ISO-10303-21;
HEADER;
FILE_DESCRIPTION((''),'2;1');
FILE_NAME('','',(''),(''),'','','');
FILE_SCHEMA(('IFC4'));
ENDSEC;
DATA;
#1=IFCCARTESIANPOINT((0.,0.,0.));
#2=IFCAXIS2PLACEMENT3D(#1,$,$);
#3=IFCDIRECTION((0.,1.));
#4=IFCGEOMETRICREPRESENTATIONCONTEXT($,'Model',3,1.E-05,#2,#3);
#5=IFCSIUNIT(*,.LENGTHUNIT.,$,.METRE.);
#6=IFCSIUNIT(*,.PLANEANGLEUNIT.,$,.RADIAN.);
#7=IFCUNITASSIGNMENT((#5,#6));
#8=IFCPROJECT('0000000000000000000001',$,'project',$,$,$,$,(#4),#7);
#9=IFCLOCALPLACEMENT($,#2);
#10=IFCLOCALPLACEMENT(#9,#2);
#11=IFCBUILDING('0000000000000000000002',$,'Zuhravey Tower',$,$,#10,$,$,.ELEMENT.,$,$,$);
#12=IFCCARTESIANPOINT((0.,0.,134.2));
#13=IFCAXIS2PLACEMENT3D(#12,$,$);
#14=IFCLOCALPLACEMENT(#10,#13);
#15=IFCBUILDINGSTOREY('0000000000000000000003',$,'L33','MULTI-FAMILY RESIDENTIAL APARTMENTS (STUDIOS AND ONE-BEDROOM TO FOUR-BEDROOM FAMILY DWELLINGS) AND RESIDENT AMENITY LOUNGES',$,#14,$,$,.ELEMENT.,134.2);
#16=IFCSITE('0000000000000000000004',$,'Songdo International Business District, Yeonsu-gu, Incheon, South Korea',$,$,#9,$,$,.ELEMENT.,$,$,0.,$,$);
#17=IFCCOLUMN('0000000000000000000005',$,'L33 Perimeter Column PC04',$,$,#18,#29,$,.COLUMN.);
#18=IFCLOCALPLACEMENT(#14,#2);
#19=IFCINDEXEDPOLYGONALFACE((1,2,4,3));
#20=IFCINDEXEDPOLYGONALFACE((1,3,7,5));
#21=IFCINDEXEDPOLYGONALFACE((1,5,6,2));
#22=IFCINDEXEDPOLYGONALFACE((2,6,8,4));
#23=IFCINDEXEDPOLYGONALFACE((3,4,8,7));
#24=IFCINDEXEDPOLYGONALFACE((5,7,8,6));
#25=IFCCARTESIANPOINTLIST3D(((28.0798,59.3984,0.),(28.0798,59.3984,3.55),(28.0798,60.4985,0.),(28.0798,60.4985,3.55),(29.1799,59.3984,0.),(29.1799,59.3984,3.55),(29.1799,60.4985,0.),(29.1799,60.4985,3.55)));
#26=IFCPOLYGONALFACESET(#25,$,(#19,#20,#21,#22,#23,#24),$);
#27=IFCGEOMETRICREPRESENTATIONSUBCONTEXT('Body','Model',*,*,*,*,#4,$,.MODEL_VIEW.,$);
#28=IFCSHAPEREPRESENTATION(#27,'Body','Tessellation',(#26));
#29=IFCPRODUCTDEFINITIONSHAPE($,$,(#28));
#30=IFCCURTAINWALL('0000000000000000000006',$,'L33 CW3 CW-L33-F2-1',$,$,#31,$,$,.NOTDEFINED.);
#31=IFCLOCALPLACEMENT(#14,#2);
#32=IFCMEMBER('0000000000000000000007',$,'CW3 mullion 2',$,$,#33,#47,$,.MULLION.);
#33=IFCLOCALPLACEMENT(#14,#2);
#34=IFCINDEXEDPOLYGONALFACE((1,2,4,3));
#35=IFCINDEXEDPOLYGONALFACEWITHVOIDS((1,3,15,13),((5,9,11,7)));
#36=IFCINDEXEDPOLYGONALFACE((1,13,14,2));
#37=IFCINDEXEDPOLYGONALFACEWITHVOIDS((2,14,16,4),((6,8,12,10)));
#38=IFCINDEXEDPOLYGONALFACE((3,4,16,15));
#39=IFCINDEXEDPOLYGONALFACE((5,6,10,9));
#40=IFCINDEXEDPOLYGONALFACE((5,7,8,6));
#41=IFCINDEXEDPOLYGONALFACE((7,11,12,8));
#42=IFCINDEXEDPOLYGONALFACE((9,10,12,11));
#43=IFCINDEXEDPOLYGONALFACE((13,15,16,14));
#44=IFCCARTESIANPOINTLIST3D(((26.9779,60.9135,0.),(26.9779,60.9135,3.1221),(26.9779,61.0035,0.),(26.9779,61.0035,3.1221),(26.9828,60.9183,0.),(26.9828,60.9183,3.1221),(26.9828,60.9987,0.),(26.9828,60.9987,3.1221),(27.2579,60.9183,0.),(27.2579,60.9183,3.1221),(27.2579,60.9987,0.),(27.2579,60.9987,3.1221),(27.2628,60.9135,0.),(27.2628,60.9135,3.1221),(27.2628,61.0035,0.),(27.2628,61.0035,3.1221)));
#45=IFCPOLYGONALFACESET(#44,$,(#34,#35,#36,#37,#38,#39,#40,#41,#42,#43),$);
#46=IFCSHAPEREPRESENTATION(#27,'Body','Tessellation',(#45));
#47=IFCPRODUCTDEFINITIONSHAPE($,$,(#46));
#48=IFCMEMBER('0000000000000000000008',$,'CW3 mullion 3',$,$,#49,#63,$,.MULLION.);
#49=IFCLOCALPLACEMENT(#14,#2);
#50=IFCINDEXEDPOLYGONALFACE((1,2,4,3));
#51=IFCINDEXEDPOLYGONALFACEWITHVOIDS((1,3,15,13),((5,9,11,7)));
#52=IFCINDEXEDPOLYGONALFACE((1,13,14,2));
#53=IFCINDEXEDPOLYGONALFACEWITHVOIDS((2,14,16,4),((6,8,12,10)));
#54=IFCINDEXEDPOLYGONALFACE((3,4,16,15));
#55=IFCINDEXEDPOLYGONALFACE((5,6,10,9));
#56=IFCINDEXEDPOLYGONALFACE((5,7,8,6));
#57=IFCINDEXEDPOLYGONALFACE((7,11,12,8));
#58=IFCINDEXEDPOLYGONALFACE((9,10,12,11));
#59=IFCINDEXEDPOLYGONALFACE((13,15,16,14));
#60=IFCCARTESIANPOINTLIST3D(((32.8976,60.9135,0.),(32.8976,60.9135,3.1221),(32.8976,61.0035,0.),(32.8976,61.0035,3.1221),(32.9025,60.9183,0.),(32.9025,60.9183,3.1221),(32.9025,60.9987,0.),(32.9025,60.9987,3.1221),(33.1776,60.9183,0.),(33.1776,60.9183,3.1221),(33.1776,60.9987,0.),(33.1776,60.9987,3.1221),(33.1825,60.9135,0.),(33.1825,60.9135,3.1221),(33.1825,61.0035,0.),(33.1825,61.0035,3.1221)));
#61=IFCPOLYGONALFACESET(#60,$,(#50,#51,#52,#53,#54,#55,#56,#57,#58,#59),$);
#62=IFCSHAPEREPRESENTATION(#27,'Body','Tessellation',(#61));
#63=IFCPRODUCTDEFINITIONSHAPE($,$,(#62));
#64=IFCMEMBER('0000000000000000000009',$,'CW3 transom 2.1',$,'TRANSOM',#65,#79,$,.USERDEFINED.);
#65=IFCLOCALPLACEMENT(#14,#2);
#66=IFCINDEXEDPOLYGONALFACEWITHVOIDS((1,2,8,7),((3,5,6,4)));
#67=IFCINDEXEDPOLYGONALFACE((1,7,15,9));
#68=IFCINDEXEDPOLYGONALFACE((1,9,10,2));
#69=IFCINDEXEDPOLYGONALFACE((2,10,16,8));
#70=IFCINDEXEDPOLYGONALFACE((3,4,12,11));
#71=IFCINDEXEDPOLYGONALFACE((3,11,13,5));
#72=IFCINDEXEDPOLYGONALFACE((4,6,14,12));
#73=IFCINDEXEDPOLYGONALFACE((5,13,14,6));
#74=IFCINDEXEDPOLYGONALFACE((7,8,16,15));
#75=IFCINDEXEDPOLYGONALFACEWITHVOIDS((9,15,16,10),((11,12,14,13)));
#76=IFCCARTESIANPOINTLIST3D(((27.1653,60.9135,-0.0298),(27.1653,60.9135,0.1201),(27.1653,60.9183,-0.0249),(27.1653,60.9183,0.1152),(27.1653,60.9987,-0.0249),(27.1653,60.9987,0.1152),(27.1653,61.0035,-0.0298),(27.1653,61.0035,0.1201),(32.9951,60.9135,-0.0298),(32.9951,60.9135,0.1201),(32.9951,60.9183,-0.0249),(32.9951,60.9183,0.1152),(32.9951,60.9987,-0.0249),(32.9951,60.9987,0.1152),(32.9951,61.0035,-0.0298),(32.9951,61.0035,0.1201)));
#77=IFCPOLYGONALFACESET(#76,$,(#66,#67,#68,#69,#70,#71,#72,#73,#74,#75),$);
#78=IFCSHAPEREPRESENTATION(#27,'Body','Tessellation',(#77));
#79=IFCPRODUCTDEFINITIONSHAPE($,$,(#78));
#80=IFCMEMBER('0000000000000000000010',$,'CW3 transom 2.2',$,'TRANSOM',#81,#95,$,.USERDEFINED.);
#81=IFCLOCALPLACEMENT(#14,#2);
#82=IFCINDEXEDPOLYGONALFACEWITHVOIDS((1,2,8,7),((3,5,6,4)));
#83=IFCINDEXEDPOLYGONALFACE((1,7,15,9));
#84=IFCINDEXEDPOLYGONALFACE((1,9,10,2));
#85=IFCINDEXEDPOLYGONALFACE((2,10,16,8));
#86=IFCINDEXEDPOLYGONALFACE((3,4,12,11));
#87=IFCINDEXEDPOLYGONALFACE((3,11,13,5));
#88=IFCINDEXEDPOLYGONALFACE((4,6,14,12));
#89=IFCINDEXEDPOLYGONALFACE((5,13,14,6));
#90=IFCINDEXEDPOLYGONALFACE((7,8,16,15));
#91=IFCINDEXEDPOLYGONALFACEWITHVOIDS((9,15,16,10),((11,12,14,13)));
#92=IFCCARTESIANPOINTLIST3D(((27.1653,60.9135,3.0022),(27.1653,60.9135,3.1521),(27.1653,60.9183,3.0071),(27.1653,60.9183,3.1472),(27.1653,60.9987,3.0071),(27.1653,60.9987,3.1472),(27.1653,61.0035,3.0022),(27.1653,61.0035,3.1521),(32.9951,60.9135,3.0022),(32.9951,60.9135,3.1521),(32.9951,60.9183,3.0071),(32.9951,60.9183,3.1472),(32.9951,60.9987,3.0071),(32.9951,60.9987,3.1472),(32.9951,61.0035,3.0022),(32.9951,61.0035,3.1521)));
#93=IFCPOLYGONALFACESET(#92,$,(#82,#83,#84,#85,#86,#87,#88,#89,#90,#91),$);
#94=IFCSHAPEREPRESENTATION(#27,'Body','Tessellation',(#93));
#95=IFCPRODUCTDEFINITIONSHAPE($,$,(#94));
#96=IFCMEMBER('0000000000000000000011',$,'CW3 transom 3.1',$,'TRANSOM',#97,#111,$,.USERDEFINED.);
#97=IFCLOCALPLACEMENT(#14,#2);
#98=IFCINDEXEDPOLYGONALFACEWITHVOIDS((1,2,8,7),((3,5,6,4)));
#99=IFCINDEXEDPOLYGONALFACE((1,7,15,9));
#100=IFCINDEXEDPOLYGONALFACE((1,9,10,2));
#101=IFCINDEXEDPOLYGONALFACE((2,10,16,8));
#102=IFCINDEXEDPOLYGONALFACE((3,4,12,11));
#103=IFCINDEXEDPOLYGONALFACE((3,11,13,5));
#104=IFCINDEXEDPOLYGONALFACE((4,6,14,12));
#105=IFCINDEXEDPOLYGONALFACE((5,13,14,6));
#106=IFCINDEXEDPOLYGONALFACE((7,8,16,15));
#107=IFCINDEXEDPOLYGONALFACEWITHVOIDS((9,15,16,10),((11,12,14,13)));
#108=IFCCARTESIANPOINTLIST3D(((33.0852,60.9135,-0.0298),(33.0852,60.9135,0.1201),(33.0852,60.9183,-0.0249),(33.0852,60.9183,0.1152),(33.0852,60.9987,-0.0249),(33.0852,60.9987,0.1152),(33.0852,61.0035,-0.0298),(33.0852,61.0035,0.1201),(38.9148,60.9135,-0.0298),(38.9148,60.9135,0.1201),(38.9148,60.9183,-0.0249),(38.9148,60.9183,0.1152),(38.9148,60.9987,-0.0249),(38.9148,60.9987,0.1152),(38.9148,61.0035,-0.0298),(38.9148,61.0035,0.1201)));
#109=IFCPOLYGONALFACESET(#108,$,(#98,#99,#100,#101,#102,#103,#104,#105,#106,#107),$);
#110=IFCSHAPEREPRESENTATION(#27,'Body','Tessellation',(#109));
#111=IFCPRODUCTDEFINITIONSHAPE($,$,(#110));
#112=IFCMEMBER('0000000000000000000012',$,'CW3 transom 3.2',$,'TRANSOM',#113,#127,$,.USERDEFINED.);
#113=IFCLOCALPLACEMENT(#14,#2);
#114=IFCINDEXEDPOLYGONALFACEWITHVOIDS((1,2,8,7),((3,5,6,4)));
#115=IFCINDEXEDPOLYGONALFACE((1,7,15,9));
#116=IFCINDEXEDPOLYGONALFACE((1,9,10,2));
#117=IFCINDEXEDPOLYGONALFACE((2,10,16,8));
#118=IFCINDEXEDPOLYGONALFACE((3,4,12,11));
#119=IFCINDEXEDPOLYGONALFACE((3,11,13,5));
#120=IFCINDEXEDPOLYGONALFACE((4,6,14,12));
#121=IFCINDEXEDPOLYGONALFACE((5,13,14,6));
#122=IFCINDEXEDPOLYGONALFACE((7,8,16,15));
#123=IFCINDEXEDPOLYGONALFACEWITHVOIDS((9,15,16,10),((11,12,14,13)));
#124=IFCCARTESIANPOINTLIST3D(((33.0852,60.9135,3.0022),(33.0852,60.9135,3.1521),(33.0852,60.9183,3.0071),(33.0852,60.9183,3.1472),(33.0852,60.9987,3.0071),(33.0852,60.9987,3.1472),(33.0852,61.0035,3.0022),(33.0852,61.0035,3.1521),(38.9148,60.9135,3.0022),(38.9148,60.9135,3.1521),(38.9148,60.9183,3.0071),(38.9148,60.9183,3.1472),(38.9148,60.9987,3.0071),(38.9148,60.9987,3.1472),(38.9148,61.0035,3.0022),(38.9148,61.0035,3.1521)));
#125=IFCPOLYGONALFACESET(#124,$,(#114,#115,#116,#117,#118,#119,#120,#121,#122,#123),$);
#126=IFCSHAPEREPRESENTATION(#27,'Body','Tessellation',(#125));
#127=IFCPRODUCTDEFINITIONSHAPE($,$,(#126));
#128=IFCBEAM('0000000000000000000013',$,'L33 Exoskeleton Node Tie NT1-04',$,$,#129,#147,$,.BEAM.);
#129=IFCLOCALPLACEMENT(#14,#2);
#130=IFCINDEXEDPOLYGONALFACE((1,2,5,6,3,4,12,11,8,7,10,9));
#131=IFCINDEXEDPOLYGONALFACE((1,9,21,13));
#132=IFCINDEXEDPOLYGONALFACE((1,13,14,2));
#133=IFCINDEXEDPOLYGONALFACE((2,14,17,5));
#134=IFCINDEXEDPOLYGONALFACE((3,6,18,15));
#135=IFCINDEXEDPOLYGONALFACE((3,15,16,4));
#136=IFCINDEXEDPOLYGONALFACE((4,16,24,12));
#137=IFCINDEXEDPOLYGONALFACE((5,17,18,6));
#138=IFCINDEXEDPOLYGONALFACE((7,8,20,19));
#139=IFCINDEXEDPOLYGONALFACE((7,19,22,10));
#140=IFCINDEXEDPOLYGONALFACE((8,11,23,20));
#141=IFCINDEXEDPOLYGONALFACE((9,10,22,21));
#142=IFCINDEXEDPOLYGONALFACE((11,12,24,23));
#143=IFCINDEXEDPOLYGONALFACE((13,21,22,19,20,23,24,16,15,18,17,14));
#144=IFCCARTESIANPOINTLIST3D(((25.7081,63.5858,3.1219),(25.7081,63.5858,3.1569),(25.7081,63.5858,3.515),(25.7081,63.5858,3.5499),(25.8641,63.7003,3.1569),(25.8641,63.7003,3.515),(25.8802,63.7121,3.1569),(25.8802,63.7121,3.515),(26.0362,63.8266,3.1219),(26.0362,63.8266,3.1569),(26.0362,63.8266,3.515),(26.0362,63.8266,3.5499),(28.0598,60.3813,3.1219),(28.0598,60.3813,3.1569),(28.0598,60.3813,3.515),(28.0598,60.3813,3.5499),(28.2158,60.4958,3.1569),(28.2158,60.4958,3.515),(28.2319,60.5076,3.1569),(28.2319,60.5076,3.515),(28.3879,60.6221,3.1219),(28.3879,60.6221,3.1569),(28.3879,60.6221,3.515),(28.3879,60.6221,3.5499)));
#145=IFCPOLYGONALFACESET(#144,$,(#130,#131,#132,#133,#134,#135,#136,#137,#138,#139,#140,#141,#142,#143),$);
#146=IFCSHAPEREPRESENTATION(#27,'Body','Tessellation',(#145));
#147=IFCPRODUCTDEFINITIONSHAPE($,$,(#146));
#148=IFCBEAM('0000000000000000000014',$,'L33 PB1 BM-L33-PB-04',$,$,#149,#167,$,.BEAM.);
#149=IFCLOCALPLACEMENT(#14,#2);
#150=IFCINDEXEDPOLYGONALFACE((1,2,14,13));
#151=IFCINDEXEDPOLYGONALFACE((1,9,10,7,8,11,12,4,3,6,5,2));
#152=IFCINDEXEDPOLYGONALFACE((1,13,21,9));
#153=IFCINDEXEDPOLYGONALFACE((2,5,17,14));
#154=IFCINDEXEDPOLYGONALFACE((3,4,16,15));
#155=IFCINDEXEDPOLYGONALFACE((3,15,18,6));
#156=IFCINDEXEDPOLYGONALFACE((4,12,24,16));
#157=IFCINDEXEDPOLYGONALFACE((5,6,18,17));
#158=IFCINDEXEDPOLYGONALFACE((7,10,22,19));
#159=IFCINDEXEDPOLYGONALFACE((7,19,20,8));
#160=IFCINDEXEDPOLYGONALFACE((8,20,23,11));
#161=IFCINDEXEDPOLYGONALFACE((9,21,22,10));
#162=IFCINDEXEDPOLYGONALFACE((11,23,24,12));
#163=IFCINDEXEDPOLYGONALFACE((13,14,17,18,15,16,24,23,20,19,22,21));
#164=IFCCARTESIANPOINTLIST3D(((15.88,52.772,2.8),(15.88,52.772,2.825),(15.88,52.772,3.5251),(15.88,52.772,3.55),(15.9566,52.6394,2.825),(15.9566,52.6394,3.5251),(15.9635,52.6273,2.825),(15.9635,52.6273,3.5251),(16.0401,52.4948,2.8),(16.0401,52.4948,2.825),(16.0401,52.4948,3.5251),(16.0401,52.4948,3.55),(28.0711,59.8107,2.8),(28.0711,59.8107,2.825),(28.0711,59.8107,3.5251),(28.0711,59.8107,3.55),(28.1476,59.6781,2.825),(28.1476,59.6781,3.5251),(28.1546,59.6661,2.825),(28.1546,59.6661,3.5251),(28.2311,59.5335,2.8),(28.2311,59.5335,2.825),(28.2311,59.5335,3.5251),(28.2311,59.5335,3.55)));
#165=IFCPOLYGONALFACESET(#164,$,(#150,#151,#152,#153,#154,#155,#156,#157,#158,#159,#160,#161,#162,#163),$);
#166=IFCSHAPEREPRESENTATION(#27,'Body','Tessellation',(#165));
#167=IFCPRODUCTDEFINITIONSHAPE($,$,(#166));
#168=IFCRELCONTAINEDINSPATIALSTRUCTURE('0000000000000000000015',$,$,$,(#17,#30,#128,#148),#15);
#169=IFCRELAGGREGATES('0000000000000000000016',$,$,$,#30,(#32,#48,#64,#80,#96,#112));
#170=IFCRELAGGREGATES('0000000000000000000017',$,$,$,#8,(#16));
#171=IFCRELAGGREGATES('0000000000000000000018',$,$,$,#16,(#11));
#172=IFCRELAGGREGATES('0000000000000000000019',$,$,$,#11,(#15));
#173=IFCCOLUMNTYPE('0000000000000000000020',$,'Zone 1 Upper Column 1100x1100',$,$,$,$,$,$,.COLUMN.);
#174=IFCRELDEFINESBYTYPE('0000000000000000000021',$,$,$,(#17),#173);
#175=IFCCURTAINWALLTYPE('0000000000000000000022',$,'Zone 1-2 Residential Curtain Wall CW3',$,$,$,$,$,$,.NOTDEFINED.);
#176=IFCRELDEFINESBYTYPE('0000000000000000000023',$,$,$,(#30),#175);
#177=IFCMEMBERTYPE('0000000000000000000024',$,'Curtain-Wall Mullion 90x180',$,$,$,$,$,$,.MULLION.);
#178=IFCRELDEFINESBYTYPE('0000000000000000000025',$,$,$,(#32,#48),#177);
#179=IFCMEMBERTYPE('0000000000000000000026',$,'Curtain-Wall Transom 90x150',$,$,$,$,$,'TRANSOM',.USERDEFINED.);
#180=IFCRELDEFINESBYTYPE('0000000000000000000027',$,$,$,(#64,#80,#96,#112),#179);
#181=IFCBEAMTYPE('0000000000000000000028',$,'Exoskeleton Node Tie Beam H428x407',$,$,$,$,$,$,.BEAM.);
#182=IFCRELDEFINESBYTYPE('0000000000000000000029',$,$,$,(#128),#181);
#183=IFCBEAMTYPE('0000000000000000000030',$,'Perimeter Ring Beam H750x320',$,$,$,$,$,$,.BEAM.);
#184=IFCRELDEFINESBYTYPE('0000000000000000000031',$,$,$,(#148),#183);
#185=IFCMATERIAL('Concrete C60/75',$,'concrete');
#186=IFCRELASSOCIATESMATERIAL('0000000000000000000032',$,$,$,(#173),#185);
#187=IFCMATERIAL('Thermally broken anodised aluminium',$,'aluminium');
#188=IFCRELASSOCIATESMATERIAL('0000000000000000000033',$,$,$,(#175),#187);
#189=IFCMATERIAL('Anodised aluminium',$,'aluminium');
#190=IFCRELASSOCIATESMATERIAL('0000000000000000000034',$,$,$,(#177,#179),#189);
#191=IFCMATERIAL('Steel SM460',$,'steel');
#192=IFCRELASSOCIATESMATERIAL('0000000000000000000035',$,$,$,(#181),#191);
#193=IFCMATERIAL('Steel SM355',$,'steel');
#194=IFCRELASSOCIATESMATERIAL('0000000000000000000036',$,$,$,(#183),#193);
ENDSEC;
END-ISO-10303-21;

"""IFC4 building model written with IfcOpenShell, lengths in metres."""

from ifc_helpers import new_model, si_unit, direction, frame, origin, origin_2d, place, context, subcontext, project, spatial, rectangle, hollow_rectangle, i_section, extrude, material, material_profile, profile_set, type_object, element, aggregate, save


model = new_model("IFC4")

# Units and contexts
model_context = context("Model", 3, precision=1e-05, world=origin(), true_north=direction((0.0, 1.0)))
body_context = subcontext(model_context, "Body", "Model", "MODEL_VIEW")
ifc_project = project(units=[si_unit("LENGTHUNIT", "METRE"), si_unit("PLANEANGLEUNIT", "RADIAN")], contexts=[model_context])

# Site, building, storey
site_placement = place(None, origin())
site = spatial("IfcSite", under=ifc_project, at=site_placement, Name="Songdo International Business District, Yeonsu-gu, Incheon, South Korea", CompositionType="ELEMENT", RefElevation=0.0)
building_placement = place(site_placement, origin())
building = spatial("IfcBuilding", under=site, at=building_placement, Name="Zuhravey Tower", CompositionType="ELEMENT")
storey_placement = place(building_placement, frame((0.0, 0.0, 134.2)))
storey = spatial("IfcBuildingStorey", under=building, at=storey_placement, Name="L33", Description="MULTI-FAMILY RESIDENTIAL APARTMENTS (STUDIOS AND ONE-BEDROOM TO FOUR-BEDROOM FAMILY DWELLINGS) AND RESIDENT AMENITY LOUNGES", CompositionType="ELEMENT", Elevation=134.2)

# Column
ifc_material_1 = material(Name="Concrete C60/75", Category="concrete")
ifc_material_profile_1 = material_profile(ifc_material_1, rectangle(XDim=1.1001, YDim=1.1001, at=origin_2d()), Name="RC-1100x1100")
ifc_profile_set_1 = profile_set([ifc_material_profile_1], Name="Concrete C60/75")
column_type = type_object("IfcColumnType", Name="Zone 1 Upper Column 1100x1100", PredefinedType="COLUMN", material=ifc_profile_set_1)
column_placement = place(storey_placement, frame((28.6299, 59.9485, 0.0), z_axis=(0.0, 0.0, 1.0), x_axis=(-1.0, 0.0, 0.0)))
element("IfcColumn", 1, at=column_placement, inside=storey, type_object=column_type, Name="L33 Perimeter Column PC04", PredefinedType="COLUMN", context=body_context, shape_type="SweptSolid", body=[
    extrude(rectangle(XDim=1.1001, YDim=1.1001, at=origin_2d()), origin(), (0.0, 0.0, 1.0), 3.55),
])

# Curtain wall, members
ifc_material_2 = material(Name="Thermally broken anodised aluminium", Category="aluminium")
curtain_wall_type = type_object("IfcCurtainWallType", Name="Zone 1-2 Residential Curtain Wall CW3", PredefinedType="NOTDEFINED", material=ifc_material_2)
curtain_wall_placement = place(storey_placement, origin())
curtain_wall = element("IfcCurtainWall", 2, at=curtain_wall_placement, inside=storey, type_object=curtain_wall_type, Name="L33 CW3 CW-L33-F2-1", PredefinedType="NOTDEFINED")
ifc_material_3 = material(Name="Anodised aluminium", Category="aluminium")
ifc_material_profile_2 = material_profile(ifc_material_3, hollow_rectangle(XDim=0.0901, YDim=0.2849, WallThickness=0.0049, at=origin_2d()), Name="ALU-RHS-90x285x5")
ifc_profile_set_2 = profile_set([ifc_material_profile_2], Name="Anodised aluminium")
member_type_1 = type_object("IfcMemberType", Name="Curtain-Wall Mullion 90x180", PredefinedType="MULLION", material=ifc_profile_set_2)
member_1_placement = place(storey_placement, frame((27.1204, 60.9585, 0.0), z_axis=(0.0, 0.0, 1.0), x_axis=(0.0, 1.0, 0.0)))
member_1 = element("IfcMember", 3, at=member_1_placement, type_object=member_type_1, Name="CW3 mullion 2", PredefinedType="MULLION", context=body_context, shape_type="SweptSolid", body=[
    extrude(hollow_rectangle(XDim=0.0901, YDim=0.2849, WallThickness=0.0049, at=origin_2d()), origin(), (0.0, 0.0, 1.0), 3.1221),
])
member_2_placement = place(storey_placement, frame((33.04, 60.9585, 0.0), z_axis=(0.0, 0.0, 1.0), x_axis=(0.0, 1.0, 0.0)))
member_2 = element("IfcMember", 4, at=member_2_placement, type_object=member_type_1, Name="CW3 mullion 3", PredefinedType="MULLION", context=body_context, shape_type="SweptSolid", body=[
    extrude(hollow_rectangle(XDim=0.0901, YDim=0.2849, WallThickness=0.0049, at=origin_2d()), origin(), (0.0, 0.0, 1.0), 3.1221),
])
ifc_material_profile_3 = material_profile(ifc_material_3, hollow_rectangle(XDim=0.0901, YDim=0.1499, WallThickness=0.0049, at=origin_2d()), Name="ALU-RHS-90x150x5")
ifc_profile_set_3 = profile_set([ifc_material_profile_3], Name="Anodised aluminium")
member_type_2 = type_object("IfcMemberType", Name="Curtain-Wall Transom 90x150", ElementType="TRANSOM", PredefinedType="USERDEFINED", material=ifc_profile_set_3)
member_3_placement = place(storey_placement, frame((27.1653, 60.9585, 0.0452), z_axis=(1.0, 0.0, 0.0), x_axis=(0.0, 1.0, 0.0)))
member_3 = element("IfcMember", 5, at=member_3_placement, type_object=member_type_2, Name="CW3 transom 2.1", ObjectType="TRANSOM", PredefinedType="USERDEFINED", context=body_context, shape_type="SweptSolid", body=[
    extrude(hollow_rectangle(XDim=0.0901, YDim=0.1499, WallThickness=0.0049, at=origin_2d()), origin(), (0.0, 0.0, 1.0), 5.8298),
])
member_4_placement = place(storey_placement, frame((27.1653, 60.9585, 3.0771), z_axis=(1.0, 0.0, 0.0), x_axis=(0.0, 1.0, 0.0)))
member_4 = element("IfcMember", 6, at=member_4_placement, type_object=member_type_2, Name="CW3 transom 2.2", ObjectType="TRANSOM", PredefinedType="USERDEFINED", context=body_context, shape_type="SweptSolid", body=[
    extrude(hollow_rectangle(XDim=0.0901, YDim=0.1499, WallThickness=0.0049, at=origin_2d()), origin(), (0.0, 0.0, 1.0), 5.8298),
])
member_5_placement = place(storey_placement, frame((33.0852, 60.9585, 0.0452), z_axis=(1.0, 0.0, 0.0), x_axis=(0.0, 1.0, 0.0)))
member_5 = element("IfcMember", 7, at=member_5_placement, type_object=member_type_2, Name="CW3 transom 3.1", ObjectType="TRANSOM", PredefinedType="USERDEFINED", context=body_context, shape_type="SweptSolid", body=[
    extrude(hollow_rectangle(XDim=0.0901, YDim=0.1499, WallThickness=0.0049, at=origin_2d()), origin(), (0.0, 0.0, 1.0), 5.8296),
])
member_6_placement = place(storey_placement, frame((33.0852, 60.9585, 3.0771), z_axis=(1.0, 0.0, 0.0), x_axis=(0.0, 1.0, 0.0)))
member_6 = element("IfcMember", 8, at=member_6_placement, type_object=member_type_2, Name="CW3 transom 3.2", ObjectType="TRANSOM", PredefinedType="USERDEFINED", context=body_context, shape_type="SweptSolid", body=[
    extrude(hollow_rectangle(XDim=0.0901, YDim=0.1499, WallThickness=0.0049, at=origin_2d()), origin(), (0.0, 0.0, 1.0), 5.8296),
])

# Beams
ifc_material_4 = material(Name="Steel SM460", Category="steel")
ifc_material_profile_4 = material_profile(ifc_material_4, i_section(OverallWidth=0.407, OverallDepth=0.428, WebThickness=0.02, FlangeThickness=0.0349, at=origin_2d()), Name="H-428x407x20x35")
ifc_profile_set_4 = profile_set([ifc_material_profile_4], Name="Steel SM460")
beam_type_1 = type_object("IfcBeamType", Name="Exoskeleton Node Tie Beam H428x407", PredefinedType="BEAM", material=ifc_profile_set_4)
beam_1_placement = place(storey_placement, frame((28.2239, 60.5017, 3.3359), z_axis=(-0.591654, 0.806192, 0.0), x_axis=(-0.806192, -0.591654, 0.0)))
element("IfcBeam", 9, at=beam_1_placement, inside=storey, type_object=beam_type_1, Name="L33 Exoskeleton Node Tie NT1-04", PredefinedType="BEAM", context=body_context, shape_type="SweptSolid", body=[
    extrude(i_section(OverallWidth=0.407, OverallDepth=0.428, WebThickness=0.02, FlangeThickness=0.0349, at=origin_2d()), origin(), (0.0, 0.0, 1.0), 3.9749),
])
ifc_material_5 = material(Name="Steel SM355", Category="steel")
ifc_material_profile_5 = material_profile(ifc_material_5, i_section(OverallWidth=0.3201, OverallDepth=0.75, WebThickness=0.0139, FlangeThickness=0.0249, at=origin_2d()), Name="H-750x320x14x25")
ifc_profile_set_5 = profile_set([ifc_material_profile_5], Name="Steel SM355")
beam_type_2 = type_object("IfcBeamType", Name="Perimeter Ring Beam H750x320", PredefinedType="BEAM", material=ifc_profile_set_5)
beam_2_placement = place(storey_placement, frame((28.1511, 59.6721, 3.175), z_axis=(-0.866018, -0.500013, 0.0), x_axis=(0.500013, -0.866018, 0.0)))
element("IfcBeam", 10, at=beam_2_placement, inside=storey, type_object=beam_type_2, Name="L33 PB1 BM-L33-PB-04", PredefinedType="BEAM", context=body_context, shape_type="SweptSolid", body=[
    extrude(i_section(OverallWidth=0.3201, OverallDepth=0.75, WebThickness=0.0139, FlangeThickness=0.0249, at=origin_2d()), origin(), (0.0, 0.0, 1.0), 14.0771),
])

aggregate(curtain_wall, [member_1, member_2, member_3, member_4, member_5, member_6])

save(model, "model.ifc")
